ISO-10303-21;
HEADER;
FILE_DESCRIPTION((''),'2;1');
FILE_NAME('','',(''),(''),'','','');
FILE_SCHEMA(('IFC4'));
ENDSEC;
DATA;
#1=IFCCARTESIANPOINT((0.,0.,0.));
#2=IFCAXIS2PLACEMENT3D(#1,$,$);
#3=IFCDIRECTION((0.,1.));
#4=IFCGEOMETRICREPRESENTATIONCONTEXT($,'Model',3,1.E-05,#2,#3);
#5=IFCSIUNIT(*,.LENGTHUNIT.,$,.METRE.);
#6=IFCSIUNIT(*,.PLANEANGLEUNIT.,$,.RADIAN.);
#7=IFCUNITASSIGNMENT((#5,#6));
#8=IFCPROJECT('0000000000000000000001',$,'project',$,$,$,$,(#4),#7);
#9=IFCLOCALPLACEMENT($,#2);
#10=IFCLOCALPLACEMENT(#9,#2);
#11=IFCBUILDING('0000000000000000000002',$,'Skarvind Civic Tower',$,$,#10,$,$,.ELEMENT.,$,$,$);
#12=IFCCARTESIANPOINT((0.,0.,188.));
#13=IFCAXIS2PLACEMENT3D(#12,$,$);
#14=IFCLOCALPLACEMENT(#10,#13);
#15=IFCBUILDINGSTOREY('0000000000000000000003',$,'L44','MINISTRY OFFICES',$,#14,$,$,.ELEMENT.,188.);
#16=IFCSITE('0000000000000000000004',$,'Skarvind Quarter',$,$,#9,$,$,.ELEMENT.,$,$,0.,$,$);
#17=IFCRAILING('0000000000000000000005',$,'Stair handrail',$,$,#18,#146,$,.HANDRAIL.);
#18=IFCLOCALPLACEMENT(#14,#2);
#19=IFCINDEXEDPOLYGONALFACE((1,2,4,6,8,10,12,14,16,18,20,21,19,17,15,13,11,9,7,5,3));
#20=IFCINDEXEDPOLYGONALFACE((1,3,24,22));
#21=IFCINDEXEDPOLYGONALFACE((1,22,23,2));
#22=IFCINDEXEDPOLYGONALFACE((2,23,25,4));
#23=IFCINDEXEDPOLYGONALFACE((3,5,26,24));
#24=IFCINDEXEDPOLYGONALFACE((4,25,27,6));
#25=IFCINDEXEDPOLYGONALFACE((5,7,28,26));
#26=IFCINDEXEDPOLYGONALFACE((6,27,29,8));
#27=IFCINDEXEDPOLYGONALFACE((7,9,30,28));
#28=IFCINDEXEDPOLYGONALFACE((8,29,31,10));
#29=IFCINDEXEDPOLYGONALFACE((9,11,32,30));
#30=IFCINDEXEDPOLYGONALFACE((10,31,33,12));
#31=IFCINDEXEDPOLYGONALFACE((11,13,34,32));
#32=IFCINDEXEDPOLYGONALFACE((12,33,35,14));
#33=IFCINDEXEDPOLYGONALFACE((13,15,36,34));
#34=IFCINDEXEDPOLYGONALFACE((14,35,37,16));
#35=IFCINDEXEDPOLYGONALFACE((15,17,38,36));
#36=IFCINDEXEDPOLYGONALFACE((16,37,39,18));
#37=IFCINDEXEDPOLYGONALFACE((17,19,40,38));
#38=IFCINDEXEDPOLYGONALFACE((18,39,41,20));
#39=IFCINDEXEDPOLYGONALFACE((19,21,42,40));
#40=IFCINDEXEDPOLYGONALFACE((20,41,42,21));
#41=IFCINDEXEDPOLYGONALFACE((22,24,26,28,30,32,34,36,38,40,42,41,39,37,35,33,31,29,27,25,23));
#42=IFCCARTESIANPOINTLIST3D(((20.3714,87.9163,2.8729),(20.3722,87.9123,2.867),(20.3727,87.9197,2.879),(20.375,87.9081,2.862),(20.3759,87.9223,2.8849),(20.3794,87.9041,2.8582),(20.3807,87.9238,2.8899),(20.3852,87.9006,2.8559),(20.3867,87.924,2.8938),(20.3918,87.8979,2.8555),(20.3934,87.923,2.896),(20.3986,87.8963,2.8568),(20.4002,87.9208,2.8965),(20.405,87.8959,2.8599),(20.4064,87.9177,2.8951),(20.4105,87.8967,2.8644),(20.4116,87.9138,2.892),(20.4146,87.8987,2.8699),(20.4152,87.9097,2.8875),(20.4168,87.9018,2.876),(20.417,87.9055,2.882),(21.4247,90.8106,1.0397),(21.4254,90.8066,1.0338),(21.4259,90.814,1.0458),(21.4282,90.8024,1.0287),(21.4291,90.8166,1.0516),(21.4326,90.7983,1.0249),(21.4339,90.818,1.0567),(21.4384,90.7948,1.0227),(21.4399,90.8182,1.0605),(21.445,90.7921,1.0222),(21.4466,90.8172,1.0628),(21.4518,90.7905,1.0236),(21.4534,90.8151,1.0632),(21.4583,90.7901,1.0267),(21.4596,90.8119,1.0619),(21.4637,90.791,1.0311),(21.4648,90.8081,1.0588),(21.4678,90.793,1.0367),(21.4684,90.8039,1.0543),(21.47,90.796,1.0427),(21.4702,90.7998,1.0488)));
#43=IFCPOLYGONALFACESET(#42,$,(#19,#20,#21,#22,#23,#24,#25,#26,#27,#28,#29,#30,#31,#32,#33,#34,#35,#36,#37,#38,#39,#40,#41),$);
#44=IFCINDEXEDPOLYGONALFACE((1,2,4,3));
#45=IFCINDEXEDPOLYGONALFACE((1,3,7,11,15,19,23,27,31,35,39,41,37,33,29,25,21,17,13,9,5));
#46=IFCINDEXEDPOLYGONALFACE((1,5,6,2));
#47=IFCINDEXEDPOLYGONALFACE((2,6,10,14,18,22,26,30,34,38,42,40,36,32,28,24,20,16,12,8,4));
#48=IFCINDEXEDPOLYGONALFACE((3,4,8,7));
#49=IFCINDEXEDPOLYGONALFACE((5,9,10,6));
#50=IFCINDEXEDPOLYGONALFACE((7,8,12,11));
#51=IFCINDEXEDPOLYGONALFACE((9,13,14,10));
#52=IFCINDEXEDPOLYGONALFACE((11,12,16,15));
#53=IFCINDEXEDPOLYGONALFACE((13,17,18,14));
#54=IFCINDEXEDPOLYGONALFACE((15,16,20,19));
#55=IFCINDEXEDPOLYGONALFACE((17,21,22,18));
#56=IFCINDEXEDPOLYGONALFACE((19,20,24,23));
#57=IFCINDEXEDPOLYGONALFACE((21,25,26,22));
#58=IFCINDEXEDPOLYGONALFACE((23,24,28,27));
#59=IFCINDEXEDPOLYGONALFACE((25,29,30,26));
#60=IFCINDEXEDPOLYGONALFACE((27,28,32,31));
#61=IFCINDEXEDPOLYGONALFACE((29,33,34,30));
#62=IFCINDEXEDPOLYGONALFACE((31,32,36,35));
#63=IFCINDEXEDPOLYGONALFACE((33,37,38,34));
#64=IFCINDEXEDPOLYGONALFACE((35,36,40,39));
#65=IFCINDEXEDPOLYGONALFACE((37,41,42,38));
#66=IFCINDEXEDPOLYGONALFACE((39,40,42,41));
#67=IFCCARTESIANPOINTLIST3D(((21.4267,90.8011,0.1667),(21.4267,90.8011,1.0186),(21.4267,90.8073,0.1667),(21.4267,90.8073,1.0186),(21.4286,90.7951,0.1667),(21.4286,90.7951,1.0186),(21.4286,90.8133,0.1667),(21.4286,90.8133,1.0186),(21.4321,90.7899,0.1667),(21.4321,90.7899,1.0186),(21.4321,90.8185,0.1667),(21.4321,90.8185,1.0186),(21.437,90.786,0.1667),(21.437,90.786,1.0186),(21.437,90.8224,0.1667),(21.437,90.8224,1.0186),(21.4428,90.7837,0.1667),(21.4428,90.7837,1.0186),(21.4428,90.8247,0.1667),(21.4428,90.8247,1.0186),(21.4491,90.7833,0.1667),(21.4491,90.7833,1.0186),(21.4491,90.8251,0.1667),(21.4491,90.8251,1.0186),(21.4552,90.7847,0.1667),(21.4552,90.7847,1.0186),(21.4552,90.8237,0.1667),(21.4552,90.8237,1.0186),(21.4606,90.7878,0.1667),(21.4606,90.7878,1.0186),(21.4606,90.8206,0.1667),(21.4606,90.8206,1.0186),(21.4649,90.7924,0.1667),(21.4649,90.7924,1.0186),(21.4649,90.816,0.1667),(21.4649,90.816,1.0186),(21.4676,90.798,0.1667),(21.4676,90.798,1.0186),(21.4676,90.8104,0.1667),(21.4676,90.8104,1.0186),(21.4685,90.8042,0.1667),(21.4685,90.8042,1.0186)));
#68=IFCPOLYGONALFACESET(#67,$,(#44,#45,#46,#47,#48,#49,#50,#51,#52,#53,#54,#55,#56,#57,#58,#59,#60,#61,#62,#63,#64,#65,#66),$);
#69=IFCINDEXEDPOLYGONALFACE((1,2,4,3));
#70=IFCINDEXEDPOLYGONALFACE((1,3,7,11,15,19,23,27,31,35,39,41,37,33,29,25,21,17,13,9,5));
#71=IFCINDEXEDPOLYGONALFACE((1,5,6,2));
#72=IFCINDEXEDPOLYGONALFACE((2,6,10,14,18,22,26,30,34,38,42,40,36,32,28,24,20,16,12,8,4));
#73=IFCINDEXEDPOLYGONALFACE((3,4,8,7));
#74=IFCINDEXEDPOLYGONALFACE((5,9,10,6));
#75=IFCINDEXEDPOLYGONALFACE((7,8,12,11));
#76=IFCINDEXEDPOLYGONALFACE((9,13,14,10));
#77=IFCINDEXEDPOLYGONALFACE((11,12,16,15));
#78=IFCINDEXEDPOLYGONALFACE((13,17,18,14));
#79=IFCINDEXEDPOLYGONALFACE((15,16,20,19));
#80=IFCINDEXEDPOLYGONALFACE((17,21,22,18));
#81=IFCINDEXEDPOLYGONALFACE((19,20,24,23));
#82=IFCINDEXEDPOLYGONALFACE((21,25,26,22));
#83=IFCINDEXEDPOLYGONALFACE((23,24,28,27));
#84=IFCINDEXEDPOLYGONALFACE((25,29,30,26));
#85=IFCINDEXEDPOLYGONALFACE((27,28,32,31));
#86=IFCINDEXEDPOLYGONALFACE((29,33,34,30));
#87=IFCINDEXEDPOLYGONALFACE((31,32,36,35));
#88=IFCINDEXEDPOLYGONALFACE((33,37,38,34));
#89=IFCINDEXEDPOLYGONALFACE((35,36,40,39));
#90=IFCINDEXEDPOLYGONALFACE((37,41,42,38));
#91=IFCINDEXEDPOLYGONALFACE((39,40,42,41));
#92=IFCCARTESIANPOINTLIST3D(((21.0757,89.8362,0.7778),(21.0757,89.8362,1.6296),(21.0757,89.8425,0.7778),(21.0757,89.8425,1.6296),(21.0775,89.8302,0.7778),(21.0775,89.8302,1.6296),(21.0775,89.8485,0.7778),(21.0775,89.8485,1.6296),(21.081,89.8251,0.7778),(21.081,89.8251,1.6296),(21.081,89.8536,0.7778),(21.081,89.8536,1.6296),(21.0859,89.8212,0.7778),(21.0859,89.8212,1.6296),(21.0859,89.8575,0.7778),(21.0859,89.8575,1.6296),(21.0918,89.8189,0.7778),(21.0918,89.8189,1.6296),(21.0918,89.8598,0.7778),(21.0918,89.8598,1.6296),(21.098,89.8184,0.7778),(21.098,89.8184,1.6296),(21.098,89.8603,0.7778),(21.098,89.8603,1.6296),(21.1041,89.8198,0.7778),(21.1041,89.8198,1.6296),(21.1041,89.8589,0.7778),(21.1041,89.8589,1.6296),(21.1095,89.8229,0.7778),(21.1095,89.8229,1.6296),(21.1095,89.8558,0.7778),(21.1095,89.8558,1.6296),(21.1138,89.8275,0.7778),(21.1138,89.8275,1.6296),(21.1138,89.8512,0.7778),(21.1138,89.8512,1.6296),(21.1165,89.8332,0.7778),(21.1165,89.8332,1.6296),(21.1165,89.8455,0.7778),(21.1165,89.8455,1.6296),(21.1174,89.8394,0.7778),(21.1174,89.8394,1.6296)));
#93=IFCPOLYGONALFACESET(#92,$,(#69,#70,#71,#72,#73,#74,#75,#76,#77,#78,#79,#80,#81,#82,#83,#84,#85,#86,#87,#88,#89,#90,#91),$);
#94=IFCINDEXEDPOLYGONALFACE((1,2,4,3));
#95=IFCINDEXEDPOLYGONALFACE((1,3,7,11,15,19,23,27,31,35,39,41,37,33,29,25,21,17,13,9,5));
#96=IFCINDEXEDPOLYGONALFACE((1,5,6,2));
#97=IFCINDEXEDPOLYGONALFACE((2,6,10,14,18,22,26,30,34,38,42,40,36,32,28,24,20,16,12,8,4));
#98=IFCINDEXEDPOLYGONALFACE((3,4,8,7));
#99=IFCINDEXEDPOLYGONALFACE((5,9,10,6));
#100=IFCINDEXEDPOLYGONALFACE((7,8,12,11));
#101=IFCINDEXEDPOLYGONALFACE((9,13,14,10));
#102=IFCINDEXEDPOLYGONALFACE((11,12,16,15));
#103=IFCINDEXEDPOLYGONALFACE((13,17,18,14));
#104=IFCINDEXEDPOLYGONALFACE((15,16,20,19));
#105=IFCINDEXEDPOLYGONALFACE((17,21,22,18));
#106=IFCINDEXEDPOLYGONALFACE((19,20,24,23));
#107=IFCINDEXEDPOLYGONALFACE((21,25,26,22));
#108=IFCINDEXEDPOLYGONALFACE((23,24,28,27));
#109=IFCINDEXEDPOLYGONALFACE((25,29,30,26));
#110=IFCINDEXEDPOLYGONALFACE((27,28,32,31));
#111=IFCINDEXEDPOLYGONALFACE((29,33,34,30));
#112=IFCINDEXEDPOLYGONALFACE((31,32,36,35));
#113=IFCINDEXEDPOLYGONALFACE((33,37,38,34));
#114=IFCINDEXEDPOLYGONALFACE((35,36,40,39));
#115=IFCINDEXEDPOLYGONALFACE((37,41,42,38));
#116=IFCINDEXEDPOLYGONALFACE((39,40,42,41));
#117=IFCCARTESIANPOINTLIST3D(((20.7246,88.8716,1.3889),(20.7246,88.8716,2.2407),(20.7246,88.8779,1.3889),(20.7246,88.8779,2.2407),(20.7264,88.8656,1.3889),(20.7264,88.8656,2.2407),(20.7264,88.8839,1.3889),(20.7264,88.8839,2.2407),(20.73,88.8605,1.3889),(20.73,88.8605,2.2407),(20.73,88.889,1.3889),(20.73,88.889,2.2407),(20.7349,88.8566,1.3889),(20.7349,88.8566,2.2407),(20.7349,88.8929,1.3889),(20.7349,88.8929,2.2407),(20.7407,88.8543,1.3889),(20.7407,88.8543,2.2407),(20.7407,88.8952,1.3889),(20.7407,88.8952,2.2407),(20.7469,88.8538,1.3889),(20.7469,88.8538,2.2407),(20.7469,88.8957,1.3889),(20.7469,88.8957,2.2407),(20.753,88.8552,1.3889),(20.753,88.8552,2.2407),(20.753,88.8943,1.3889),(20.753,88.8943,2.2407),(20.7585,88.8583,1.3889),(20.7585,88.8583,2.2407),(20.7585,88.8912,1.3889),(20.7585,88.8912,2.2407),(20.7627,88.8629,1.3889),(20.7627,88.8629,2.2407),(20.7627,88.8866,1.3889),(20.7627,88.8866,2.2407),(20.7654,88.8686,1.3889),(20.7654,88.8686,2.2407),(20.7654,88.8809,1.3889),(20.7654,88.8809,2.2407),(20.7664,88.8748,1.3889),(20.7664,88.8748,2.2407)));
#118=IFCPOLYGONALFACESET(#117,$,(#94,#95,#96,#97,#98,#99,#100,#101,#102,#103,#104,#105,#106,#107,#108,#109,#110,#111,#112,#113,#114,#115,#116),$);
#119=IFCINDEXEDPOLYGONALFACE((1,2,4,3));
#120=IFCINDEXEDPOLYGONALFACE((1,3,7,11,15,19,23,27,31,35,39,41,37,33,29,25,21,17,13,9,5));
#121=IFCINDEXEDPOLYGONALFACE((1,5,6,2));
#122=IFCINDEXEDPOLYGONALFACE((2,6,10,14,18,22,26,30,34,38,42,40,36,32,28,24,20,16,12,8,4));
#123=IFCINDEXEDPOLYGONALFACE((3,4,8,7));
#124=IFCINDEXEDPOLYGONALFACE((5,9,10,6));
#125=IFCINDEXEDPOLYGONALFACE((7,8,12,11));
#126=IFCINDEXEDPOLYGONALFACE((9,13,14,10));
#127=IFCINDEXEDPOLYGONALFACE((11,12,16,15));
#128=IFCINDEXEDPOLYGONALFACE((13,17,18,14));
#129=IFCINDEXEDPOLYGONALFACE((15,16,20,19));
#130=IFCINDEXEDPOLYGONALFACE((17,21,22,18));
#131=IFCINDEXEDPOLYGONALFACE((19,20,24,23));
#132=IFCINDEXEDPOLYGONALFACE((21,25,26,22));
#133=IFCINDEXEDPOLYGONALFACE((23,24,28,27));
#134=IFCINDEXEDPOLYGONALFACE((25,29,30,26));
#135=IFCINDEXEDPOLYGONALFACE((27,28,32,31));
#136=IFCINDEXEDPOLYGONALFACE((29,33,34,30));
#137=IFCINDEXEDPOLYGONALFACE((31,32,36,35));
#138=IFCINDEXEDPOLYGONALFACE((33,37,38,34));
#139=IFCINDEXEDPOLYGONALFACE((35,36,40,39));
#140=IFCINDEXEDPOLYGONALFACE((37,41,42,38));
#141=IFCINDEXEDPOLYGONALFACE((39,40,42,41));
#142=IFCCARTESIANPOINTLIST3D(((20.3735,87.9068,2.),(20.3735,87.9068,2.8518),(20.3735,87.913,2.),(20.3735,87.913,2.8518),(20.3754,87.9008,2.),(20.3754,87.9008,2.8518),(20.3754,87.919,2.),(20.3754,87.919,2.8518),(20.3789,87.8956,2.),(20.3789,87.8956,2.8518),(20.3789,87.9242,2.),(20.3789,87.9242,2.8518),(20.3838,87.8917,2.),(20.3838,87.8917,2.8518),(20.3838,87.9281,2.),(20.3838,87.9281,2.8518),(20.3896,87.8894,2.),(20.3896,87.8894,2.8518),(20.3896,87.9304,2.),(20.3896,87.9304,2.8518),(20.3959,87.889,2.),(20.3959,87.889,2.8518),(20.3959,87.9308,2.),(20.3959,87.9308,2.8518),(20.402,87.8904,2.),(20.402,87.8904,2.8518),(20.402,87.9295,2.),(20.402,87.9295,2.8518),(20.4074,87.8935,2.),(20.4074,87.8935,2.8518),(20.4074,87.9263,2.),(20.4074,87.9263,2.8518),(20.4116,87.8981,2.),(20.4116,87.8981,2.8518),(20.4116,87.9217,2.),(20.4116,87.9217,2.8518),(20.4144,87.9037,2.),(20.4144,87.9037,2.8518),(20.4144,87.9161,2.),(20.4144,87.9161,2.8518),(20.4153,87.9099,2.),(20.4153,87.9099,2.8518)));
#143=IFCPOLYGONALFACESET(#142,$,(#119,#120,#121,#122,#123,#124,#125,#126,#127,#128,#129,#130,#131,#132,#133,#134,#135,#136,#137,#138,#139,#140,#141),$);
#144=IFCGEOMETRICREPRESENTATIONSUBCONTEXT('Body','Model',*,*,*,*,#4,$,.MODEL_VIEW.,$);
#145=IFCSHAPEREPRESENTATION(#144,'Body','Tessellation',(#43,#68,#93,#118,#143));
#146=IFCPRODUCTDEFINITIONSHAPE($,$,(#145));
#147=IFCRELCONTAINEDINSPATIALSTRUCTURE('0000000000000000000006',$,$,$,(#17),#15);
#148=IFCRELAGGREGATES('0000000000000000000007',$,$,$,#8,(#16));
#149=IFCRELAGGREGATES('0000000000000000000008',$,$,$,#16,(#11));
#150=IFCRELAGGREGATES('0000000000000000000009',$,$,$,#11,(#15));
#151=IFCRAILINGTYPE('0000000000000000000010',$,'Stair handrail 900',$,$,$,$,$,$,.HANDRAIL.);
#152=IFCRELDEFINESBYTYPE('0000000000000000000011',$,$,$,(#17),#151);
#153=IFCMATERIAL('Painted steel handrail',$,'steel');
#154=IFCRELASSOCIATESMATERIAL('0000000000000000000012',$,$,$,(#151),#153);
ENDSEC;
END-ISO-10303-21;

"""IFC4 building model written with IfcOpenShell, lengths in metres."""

from ifc_helpers import new_model, si_unit, direction, frame, origin, origin_2d, place, context, subcontext, project, spatial, circle, extrude, material, type_object, element, save


model = new_model("IFC4")

# Units and contexts
model_context = context("Model", 3, precision=1e-05, world=origin(), true_north=direction((0.0, 1.0)))
body_context = subcontext(model_context, "Body", "Model", "MODEL_VIEW")
ifc_project = project(units=[si_unit("LENGTHUNIT", "METRE"), si_unit("PLANEANGLEUNIT", "RADIAN")], contexts=[model_context])

# Site, building, storey
site_placement = place(None, origin())
site = spatial("IfcSite", under=ifc_project, at=site_placement, Name="Skarvind Quarter", CompositionType="ELEMENT", RefElevation=0.0)
building_placement = place(site_placement, origin())
building = spatial("IfcBuilding", under=site, at=building_placement, Name="Skarvind Civic Tower", CompositionType="ELEMENT")
storey_placement = place(building_placement, frame((0.0, 0.0, 188.0)))
storey = spatial("IfcBuildingStorey", under=building, at=storey_placement, Name="L44", Description="MINISTRY OFFICES", CompositionType="ELEMENT", Elevation=188.0)

# Railing
ifc_material_1 = material(Name="Painted steel handrail", Category="steel")
railing_type = type_object("IfcRailingType", Name="Stair handrail 900", PredefinedType="HANDRAIL", material=ifc_material_1)
railing_1_placement = place(storey_placement, frame((21.4475, 90.8042, 0.1667)))
element("IfcRailing", 1, at=railing_1_placement, inside=storey, type_object=railing_type, Name="Stair handrail", PredefinedType="HANDRAIL", context=body_context, shape_type="SweptSolid", body=[
    extrude(circle(Radius=0.0239, at=origin_2d()), frame((0.0, 0.0, 0.876), z_axis=(-0.293846, -0.807497, 0.511472), x_axis=(0.939715, -0.341959, 0.0)), (0.0, 0.0, 1.0), 3.5842),
    extrude(circle(Radius=0.021, at=origin_2d()), origin(), (0.0, 0.0, 1.0), 0.8518),
    extrude(circle(Radius=0.021, at=origin_2d()), frame((-0.3511, -0.9648, 0.6111)), (0.0, 0.0, 1.0), 0.8518),
    extrude(circle(Radius=0.021, at=origin_2d()), frame((-0.7021, -1.9294, 1.2222)), (0.0, 0.0, 1.0), 0.8518),
    extrude(circle(Radius=0.021, at=origin_2d()), frame((-1.0532, -2.8943, 1.8333)), (0.0, 0.0, 1.0), 0.8518),
])

save(model, "model.ifc")
